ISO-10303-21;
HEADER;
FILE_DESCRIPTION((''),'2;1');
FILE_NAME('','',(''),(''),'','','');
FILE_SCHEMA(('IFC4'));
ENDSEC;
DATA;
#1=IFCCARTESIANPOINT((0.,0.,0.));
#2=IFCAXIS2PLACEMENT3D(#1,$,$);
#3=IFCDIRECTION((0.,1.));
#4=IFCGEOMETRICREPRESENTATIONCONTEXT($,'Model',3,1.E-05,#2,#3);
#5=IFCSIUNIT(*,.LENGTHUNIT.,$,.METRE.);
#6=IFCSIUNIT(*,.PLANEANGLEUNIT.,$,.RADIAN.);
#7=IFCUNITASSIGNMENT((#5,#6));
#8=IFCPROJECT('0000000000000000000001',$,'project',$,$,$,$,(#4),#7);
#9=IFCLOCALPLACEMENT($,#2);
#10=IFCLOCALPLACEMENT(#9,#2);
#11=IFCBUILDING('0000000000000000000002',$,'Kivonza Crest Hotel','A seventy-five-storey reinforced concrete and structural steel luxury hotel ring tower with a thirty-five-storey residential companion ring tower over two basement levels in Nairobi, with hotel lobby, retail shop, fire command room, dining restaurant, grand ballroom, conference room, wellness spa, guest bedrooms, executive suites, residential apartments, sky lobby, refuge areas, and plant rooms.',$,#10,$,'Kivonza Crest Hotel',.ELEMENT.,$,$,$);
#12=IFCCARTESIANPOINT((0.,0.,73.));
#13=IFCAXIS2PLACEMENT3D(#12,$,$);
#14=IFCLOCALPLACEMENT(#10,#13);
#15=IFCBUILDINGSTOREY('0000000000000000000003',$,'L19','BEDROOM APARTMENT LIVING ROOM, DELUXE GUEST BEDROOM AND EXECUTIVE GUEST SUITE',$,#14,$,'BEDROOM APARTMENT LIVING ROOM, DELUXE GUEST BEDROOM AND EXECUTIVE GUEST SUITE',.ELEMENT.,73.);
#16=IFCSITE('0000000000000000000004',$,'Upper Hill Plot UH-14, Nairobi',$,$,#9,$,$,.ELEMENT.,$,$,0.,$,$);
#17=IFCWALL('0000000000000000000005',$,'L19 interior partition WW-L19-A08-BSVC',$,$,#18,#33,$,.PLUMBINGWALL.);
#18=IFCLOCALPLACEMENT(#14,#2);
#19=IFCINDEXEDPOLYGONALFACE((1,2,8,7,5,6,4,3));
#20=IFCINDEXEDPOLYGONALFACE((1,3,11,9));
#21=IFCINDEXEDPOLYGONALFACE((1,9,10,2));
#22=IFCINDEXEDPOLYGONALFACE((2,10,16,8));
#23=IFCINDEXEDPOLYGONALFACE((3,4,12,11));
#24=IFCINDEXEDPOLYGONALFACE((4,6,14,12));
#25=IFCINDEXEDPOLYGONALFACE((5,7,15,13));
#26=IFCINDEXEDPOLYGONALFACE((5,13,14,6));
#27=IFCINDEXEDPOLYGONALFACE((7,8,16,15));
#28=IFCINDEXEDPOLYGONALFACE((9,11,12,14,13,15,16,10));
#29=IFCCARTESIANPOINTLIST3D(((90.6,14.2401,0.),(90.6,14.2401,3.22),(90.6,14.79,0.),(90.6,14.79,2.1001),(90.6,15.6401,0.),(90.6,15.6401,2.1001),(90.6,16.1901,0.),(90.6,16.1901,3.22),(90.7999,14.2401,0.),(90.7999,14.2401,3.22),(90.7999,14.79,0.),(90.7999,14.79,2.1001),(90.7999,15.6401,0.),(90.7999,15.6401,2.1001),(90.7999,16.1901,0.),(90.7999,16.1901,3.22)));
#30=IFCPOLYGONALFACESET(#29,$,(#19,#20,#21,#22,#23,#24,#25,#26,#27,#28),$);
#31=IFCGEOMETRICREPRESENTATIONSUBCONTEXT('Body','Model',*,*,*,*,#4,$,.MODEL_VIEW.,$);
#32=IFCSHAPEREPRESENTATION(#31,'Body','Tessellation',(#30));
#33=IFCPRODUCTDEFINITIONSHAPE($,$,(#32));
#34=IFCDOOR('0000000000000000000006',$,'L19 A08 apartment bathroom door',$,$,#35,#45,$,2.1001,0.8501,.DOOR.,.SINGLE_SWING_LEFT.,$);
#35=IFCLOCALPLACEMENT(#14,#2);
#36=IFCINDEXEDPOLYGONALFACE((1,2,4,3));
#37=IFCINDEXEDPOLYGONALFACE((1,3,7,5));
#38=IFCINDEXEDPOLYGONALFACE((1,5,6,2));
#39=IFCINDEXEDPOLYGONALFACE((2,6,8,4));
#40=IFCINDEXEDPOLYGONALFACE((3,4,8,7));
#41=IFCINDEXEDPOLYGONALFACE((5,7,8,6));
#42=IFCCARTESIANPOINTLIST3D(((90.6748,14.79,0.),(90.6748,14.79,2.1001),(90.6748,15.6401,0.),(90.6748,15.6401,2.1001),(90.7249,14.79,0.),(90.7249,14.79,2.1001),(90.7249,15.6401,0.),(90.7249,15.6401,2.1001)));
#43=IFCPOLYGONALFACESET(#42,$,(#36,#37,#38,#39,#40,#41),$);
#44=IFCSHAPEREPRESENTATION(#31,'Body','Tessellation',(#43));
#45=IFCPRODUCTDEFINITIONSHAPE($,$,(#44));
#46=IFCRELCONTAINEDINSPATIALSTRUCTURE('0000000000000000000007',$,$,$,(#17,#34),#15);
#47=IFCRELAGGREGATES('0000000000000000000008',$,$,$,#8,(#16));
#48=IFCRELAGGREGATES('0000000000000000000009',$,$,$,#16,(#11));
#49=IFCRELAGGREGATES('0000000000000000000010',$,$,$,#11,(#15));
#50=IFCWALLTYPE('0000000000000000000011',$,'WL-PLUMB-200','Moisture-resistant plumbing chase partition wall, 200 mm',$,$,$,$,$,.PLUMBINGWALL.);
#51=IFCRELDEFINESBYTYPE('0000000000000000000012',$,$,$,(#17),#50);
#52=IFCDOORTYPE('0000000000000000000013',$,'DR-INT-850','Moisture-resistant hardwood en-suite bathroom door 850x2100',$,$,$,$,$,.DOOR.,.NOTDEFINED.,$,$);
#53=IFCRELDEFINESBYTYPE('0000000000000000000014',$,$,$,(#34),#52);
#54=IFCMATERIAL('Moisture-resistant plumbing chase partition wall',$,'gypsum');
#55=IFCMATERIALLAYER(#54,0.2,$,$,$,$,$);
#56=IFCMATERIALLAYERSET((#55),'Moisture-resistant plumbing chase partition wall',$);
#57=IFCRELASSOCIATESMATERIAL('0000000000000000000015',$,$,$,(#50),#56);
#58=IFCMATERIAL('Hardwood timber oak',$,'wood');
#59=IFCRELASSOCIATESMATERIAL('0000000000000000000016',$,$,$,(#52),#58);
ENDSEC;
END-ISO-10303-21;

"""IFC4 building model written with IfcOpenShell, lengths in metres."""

from ifc_helpers import new_model, si_unit, direction, frame, frame_2d, origin, place, context, subcontext, project, spatial, rectangle, extrude, material, layer, layer_set, type_object, element, fill, save


model = new_model("IFC4")

# Units and contexts
model_context = context("Model", 3, precision=1e-05, world=origin(), true_north=direction((0.0, 1.0)))
body_context = subcontext(model_context, "Body", "Model", "MODEL_VIEW")
ifc_project = project(units=[si_unit("LENGTHUNIT", "METRE"), si_unit("PLANEANGLEUNIT", "RADIAN")], contexts=[model_context])

# Site, building, storey
site_placement = place(None, origin())
site = spatial("IfcSite", under=ifc_project, at=site_placement, Name="Upper Hill Plot UH-14, Nairobi", CompositionType="ELEMENT", RefElevation=0.0)
building_placement = place(site_placement, origin())
building = spatial("IfcBuilding", under=site, at=building_placement, Name="Kivonza Crest Hotel", Description="A seventy-five-storey reinforced concrete and structural steel luxury hotel ring tower with a thirty-five-storey residential companion ring tower over two basement levels in Nairobi, with hotel lobby, retail shop, fire command room, dining restaurant, grand ballroom, conference room, wellness spa, guest bedrooms, executive suites, residential apartments, sky lobby, refuge areas, and plant rooms.", LongName="Kivonza Crest Hotel", CompositionType="ELEMENT")
storey_placement = place(building_placement, frame((0.0, 0.0, 73.0)))
storey = spatial("IfcBuildingStorey", under=building, at=storey_placement, Name="L19", Description="BEDROOM APARTMENT LIVING ROOM, DELUXE GUEST BEDROOM AND EXECUTIVE GUEST SUITE", LongName="BEDROOM APARTMENT LIVING ROOM, DELUXE GUEST BEDROOM AND EXECUTIVE GUEST SUITE", CompositionType="ELEMENT", Elevation=73.0)

# Shared definitions
ifc_material_1 = material(Name="Hardwood timber oak", Category="wood")

# Shared definitions
ifc_material_2 = material(Name="Moisture-resistant plumbing chase partition wall", Category="gypsum")
ifc_layer_1 = layer(ifc_material_2, 0.2)
ifc_layer_set_1 = layer_set([ifc_layer_1], Name="Moisture-resistant plumbing chase partition wall")
wall_type_1 = type_object("IfcWallType", Name="WL-PLUMB-200", Description="Moisture-resistant plumbing chase partition wall, 200 mm", PredefinedType="PLUMBINGWALL", material=ifc_layer_set_1)

# Wall, opening, door
wall_1_placement = place(storey_placement, frame((90.7, 14.24, 0.0), z_axis=(0.0, 0.0, 1.0), x_axis=(0.0, 1.0, 0.0)))
wall_1 = element("IfcWall", 1, at=wall_1_placement, inside=storey, type_object=wall_type_1, Name="L19 interior partition WW-L19-A08-BSVC", PredefinedType="PLUMBINGWALL", context=body_context, shape_type="SweptSolid", body=[
    extrude(rectangle(XDim=1.95, YDim=0.2, at=frame_2d((0.9751, 0.0))), origin(), (0.0, 0.0, 1.0), 3.22),
])
opening_1_placement = place(wall_1_placement, frame((0.55, 0.0, 0.0)))
opening_1 = element("IfcOpeningElement", 2, at=opening_1_placement, cuts=wall_1, PredefinedType="OPENING", context=body_context, shape_type="SweptSolid", body=[
    extrude(rectangle(XDim=0.8501, YDim=2.1001, at=frame_2d((0.425, 1.05))), frame((0.0, 0.1099, 0.0), z_axis=(0.0, -1.0, 0.0), x_axis=(1.0, 0.0, 0.0)), (0.0, 0.0, 1.0), 0.22),
])
door_type_1 = type_object("IfcDoorType", Name="DR-INT-850", Description="Moisture-resistant hardwood en-suite bathroom door 850x2100", OperationType="NOTDEFINED", PredefinedType="DOOR", material=ifc_material_1)
door_1_placement = place(opening_1_placement, frame((0.8501, 0.0, 0.0), z_axis=(0.0, 0.0, 1.0), x_axis=(-1.0, 0.0, 0.0)))
door_1 = element("IfcDoor", 3, at=door_1_placement, inside=storey, type_object=door_type_1, Name="L19 A08 apartment bathroom door", OperationType="SINGLE_SWING_LEFT", OverallHeight=2.1001, OverallWidth=0.8501, PredefinedType="DOOR", context=body_context, shape_type="SweptSolid", body=[
    extrude(rectangle(XDim=0.8501, YDim=2.1001, at=frame_2d((0.425, 1.05))), frame((0.0, 0.0249, 0.0), z_axis=(0.0, -1.0, 0.0), x_axis=(1.0, 0.0, 0.0)), (0.0, 0.0, 1.0), 0.05),
])
fill(opening_1, door_1)

save(model, "model.ifc")
